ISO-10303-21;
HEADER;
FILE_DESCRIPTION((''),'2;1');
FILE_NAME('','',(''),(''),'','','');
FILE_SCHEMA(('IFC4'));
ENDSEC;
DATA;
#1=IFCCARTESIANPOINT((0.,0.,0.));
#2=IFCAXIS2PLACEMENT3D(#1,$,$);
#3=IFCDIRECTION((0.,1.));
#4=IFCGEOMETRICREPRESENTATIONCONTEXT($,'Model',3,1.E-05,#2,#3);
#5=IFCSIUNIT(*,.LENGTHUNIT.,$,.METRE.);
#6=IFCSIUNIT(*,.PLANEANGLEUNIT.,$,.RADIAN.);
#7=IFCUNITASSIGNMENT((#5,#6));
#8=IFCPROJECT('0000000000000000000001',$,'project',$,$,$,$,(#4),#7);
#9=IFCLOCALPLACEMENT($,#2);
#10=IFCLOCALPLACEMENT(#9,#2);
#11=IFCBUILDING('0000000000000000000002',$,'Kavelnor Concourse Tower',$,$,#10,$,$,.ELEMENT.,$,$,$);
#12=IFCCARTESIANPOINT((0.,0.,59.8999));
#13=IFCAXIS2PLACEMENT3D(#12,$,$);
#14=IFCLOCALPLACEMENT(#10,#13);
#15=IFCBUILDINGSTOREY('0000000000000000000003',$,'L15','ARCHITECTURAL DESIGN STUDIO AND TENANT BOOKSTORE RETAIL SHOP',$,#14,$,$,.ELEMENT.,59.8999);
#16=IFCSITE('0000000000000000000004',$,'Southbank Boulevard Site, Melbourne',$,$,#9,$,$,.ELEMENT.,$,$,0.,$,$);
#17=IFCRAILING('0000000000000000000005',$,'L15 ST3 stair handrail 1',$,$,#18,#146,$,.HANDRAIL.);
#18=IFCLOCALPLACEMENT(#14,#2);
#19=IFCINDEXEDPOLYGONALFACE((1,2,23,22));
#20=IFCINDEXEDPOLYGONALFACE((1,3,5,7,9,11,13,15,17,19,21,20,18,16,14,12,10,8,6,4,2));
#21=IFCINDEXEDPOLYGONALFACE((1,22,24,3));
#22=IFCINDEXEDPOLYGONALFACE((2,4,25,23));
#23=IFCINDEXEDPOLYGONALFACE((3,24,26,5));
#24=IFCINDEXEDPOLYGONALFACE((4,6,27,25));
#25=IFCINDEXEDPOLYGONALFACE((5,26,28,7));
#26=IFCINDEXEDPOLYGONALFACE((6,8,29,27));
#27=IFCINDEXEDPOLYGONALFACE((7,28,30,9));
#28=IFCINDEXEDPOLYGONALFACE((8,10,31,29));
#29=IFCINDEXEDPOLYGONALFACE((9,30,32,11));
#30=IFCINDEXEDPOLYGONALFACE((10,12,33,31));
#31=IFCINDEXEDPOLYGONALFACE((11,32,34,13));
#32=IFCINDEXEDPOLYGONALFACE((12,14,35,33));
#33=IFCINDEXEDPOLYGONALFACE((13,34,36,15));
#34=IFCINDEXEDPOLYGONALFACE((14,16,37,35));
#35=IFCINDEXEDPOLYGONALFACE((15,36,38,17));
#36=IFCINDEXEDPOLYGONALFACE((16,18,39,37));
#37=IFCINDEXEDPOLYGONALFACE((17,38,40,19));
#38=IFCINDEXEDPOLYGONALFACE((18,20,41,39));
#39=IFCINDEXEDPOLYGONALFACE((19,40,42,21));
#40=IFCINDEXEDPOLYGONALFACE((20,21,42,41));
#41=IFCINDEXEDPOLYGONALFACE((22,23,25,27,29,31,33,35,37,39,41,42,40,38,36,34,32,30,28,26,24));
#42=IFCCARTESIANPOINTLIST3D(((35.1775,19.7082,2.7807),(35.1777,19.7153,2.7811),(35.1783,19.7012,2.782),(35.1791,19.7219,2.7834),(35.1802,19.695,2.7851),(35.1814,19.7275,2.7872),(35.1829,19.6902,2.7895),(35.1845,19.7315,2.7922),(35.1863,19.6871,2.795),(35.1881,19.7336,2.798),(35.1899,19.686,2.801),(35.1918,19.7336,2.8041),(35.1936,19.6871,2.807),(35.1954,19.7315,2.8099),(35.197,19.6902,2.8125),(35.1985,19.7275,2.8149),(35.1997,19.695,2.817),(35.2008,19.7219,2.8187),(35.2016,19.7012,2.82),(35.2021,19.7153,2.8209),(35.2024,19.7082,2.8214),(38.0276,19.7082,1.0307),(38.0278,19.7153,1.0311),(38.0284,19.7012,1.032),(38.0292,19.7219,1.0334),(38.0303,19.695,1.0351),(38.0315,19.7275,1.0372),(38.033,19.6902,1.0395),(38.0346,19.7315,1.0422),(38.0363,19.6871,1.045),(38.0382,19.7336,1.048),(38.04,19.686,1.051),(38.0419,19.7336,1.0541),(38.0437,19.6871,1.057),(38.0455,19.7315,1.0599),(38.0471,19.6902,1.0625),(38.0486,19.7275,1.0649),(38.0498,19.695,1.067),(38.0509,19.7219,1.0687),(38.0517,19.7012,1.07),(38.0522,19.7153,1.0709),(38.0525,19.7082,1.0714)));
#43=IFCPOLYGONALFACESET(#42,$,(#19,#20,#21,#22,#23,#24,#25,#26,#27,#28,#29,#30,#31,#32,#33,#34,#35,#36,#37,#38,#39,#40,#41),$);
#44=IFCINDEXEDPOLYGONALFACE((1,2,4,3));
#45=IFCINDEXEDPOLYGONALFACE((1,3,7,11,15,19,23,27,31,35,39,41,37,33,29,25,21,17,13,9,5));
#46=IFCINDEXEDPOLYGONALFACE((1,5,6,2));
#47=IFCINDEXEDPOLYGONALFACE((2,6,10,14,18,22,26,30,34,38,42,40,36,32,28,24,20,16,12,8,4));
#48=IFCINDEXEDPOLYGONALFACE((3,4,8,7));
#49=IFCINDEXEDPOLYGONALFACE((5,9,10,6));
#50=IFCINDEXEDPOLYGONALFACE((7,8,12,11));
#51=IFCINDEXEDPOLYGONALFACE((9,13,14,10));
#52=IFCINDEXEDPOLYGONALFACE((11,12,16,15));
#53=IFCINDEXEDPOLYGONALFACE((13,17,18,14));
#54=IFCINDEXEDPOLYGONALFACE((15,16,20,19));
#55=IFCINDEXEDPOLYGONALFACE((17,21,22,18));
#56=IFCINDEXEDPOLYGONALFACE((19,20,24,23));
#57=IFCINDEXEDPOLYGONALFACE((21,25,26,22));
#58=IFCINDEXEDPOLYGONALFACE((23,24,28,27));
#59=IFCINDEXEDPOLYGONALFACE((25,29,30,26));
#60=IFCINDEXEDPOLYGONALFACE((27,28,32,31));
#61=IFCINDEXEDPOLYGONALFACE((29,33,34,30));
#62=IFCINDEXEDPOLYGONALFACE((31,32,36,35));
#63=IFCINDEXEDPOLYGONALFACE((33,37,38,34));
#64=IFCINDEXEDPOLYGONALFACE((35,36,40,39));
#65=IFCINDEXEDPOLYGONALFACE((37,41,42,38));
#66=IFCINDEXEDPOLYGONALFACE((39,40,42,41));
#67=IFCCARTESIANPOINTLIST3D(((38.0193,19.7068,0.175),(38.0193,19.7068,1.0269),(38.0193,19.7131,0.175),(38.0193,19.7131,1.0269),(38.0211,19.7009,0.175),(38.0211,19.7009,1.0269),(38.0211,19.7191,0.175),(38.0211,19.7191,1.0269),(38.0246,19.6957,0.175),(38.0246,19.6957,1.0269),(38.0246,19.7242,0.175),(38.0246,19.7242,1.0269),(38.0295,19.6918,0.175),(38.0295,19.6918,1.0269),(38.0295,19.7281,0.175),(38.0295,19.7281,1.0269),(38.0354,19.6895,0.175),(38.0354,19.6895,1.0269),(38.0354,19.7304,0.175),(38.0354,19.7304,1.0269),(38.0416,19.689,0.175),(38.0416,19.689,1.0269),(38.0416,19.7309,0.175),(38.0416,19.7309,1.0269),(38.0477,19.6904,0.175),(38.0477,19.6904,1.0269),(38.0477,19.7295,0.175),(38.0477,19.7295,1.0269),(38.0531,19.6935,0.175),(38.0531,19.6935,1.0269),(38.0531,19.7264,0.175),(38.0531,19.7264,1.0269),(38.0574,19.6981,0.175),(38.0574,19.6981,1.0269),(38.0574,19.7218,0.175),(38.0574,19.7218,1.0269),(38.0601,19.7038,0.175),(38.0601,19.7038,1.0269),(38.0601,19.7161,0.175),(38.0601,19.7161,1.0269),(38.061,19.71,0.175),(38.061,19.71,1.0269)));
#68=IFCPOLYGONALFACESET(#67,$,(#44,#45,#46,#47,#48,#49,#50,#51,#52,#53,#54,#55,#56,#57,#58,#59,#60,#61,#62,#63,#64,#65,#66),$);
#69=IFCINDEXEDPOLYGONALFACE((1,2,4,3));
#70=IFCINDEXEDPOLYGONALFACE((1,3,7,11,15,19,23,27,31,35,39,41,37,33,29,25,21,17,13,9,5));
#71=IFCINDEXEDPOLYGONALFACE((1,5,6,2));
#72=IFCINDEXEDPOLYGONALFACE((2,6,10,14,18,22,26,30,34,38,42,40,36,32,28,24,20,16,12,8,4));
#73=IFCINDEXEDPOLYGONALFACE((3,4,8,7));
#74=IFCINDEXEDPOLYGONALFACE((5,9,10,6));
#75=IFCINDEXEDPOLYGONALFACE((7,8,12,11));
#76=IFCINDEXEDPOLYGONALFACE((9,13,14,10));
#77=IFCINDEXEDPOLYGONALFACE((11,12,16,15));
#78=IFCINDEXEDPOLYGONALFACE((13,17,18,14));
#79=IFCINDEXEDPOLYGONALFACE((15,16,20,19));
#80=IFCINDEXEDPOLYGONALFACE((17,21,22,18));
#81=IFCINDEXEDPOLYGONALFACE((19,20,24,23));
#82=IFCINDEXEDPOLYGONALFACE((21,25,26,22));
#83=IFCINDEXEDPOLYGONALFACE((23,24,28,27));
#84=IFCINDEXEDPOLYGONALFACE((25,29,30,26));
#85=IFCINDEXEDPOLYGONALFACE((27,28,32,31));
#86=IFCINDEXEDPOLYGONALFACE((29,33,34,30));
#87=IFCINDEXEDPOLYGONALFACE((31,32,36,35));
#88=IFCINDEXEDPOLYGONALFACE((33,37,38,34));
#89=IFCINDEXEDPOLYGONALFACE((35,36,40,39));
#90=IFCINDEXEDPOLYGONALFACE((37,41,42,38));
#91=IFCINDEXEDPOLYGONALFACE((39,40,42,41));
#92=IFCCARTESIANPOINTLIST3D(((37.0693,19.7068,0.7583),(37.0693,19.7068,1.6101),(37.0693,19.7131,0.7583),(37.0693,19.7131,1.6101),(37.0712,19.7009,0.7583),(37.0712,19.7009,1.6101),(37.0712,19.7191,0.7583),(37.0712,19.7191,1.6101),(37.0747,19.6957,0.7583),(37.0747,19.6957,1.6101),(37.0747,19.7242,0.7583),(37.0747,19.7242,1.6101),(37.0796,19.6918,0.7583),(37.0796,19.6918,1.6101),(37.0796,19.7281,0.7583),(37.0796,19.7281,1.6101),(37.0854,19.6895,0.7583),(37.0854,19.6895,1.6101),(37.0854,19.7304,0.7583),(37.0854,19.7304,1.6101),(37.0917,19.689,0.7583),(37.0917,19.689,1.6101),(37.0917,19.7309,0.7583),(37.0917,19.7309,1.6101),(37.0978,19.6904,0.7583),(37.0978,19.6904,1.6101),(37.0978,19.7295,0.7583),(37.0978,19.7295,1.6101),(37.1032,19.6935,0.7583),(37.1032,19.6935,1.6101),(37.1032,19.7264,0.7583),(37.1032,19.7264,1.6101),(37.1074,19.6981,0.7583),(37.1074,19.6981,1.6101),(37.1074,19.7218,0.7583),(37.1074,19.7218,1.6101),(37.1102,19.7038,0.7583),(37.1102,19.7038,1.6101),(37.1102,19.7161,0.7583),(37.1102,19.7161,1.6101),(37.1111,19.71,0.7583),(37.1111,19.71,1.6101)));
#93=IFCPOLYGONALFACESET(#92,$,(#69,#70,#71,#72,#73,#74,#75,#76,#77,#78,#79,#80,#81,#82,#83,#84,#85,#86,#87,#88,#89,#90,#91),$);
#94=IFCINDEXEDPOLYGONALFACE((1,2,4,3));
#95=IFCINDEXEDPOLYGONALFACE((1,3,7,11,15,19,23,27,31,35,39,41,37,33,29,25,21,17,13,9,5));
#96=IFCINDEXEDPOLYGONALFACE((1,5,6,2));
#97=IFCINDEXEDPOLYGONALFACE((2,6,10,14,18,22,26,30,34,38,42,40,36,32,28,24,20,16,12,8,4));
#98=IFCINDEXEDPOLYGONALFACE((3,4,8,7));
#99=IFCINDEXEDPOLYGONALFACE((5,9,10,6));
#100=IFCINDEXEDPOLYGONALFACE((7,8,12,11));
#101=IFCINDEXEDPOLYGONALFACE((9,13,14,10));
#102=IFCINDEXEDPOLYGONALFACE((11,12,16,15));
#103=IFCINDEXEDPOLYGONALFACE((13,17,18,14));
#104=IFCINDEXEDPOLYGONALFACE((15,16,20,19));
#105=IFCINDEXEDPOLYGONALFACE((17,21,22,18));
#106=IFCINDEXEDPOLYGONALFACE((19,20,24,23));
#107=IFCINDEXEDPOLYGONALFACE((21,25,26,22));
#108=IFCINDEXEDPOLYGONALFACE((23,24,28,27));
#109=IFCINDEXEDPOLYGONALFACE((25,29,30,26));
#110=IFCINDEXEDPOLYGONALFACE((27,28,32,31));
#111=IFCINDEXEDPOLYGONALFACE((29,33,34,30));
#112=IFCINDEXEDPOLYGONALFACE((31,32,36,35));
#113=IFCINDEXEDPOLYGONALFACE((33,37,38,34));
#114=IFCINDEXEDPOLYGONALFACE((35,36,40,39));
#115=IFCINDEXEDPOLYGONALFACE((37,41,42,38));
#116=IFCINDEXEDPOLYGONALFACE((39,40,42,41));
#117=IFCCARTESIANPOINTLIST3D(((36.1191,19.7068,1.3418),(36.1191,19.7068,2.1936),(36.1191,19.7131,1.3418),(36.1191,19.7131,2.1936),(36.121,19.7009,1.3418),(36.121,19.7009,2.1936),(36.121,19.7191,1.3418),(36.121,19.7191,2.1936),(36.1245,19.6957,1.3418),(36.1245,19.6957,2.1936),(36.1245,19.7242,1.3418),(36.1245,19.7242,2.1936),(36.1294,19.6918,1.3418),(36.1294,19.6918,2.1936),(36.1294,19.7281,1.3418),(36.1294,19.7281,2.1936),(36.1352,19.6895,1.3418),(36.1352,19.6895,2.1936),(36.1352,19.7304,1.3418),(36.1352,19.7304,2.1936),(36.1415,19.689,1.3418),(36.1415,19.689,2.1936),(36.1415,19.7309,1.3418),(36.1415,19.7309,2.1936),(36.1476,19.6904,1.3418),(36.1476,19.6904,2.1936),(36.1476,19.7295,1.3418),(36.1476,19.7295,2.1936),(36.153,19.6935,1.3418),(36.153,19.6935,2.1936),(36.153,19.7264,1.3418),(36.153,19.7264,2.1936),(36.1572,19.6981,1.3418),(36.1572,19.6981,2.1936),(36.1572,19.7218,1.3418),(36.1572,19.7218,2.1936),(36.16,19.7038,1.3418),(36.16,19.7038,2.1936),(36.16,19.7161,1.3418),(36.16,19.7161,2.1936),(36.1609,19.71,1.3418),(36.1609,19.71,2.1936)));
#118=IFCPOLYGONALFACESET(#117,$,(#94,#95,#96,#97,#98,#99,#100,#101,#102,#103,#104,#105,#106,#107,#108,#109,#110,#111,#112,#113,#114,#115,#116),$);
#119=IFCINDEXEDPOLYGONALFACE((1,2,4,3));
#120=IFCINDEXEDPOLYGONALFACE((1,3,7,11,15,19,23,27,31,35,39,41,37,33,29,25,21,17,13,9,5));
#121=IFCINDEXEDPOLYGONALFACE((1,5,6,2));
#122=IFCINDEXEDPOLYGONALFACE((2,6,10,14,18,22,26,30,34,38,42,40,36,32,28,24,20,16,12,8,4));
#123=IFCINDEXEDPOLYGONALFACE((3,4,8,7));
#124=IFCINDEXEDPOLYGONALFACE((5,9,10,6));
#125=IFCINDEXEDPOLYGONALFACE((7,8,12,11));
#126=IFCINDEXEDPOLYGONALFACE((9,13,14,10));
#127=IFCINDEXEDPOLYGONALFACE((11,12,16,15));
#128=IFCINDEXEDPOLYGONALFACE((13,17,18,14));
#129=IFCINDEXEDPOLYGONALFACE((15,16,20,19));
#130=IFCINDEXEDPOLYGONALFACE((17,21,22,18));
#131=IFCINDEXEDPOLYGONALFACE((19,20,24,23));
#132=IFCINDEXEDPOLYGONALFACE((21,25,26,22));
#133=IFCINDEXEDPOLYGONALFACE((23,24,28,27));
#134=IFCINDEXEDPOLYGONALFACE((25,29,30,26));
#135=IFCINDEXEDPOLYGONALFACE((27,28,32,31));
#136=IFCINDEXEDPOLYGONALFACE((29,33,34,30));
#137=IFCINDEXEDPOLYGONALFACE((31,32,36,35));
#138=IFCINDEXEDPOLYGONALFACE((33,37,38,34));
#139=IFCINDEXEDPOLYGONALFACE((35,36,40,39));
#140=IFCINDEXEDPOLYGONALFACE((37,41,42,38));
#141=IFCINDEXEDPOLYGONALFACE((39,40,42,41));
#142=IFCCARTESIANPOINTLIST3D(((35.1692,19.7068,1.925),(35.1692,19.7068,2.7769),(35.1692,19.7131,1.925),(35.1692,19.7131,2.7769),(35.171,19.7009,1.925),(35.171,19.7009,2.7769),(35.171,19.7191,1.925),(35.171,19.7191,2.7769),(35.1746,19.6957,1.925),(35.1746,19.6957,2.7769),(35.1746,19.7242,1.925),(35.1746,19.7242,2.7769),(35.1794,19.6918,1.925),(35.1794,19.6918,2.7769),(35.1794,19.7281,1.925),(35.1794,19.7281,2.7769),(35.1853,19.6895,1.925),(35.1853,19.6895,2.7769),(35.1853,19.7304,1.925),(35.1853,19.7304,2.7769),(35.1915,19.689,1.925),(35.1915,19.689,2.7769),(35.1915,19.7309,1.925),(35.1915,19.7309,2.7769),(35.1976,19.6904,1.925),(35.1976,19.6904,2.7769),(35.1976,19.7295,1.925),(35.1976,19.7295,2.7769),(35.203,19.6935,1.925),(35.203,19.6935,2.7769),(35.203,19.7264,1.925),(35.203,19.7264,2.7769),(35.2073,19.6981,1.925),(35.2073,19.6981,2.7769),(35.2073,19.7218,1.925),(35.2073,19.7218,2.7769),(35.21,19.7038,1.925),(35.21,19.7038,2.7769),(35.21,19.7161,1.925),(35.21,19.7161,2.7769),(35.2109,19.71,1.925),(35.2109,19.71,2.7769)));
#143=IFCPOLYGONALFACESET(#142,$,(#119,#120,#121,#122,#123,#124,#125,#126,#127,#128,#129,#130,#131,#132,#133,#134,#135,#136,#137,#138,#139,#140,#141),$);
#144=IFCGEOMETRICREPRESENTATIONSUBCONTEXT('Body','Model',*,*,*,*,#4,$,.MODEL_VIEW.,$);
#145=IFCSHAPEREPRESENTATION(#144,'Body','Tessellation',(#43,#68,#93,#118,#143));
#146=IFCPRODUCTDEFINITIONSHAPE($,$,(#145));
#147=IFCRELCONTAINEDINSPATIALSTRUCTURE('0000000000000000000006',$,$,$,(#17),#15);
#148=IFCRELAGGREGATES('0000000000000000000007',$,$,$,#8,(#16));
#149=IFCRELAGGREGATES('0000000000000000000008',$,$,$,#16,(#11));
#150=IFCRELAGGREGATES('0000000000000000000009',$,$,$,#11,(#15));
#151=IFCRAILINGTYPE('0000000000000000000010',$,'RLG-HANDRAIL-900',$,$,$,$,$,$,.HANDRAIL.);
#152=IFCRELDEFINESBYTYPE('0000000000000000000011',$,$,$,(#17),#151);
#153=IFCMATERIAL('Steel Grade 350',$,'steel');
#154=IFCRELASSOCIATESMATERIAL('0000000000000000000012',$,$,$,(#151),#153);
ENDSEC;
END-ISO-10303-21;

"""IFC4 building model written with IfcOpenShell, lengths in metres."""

from ifc_helpers import new_model, si_unit, direction, frame, origin, origin_2d, place, context, subcontext, project, spatial, circle, extrude, material, type_object, element, save


model = new_model("IFC4")

# Units and contexts
model_context = context("Model", 3, precision=1e-05, world=origin(), true_north=direction((0.0, 1.0)))
body_context = subcontext(model_context, "Body", "Model", "MODEL_VIEW")
ifc_project = project(units=[si_unit("LENGTHUNIT", "METRE"), si_unit("PLANEANGLEUNIT", "RADIAN")], contexts=[model_context])

# Site, building, storey
site_placement = place(None, origin())
site = spatial("IfcSite", under=ifc_project, at=site_placement, Name="Southbank Boulevard Site, Melbourne", CompositionType="ELEMENT", RefElevation=0.0)
building_placement = place(site_placement, origin())
building = spatial("IfcBuilding", under=site, at=building_placement, Name="Kavelnor Concourse Tower", CompositionType="ELEMENT")
storey_placement = place(building_placement, frame((0.0, 0.0, 59.8999)))
storey = spatial("IfcBuildingStorey", under=building, at=storey_placement, Name="L15", Description="ARCHITECTURAL DESIGN STUDIO AND TENANT BOOKSTORE RETAIL SHOP", CompositionType="ELEMENT", Elevation=59.8999)

# Shared definitions
ifc_material_1 = material(Name="Steel Grade 350", Category="steel")

# Railing
railing_type_1 = type_object("IfcRailingType", Name="RLG-HANDRAIL-900", PredefinedType="HANDRAIL", material=ifc_material_1)
railing_1_placement = place(storey_placement, frame((38.04, 19.71, 0.175)))
element("IfcRailing", 1, at=railing_1_placement, inside=storey, type_object=railing_type_1, Name="L15 ST3 stair handrail 1", PredefinedType="HANDRAIL", context=body_context, shape_type="SweptSolid", body=[
    extrude(circle(Radius=0.0239, at=origin_2d()), frame((0.0, 0.0, 0.876), z_axis=(-0.852179, 0.0, 0.52325), x_axis=(0.0, -1.0, 0.0)), (0.0, 0.0, 1.0), 3.3445),
    extrude(circle(Radius=0.021, at=origin_2d()), origin(), (0.0, 0.0, 1.0), 0.8518),
    extrude(circle(Radius=0.021, at=origin_2d()), frame((-0.95, 0.0, 0.5833)), (0.0, 0.0, 1.0), 0.8518),
    extrude(circle(Radius=0.021, at=origin_2d()), frame((-1.9001, 0.0, 1.1667)), (0.0, 0.0, 1.0), 0.8518),
    extrude(circle(Radius=0.021, at=origin_2d()), frame((-2.8501, 0.0, 1.75)), (0.0, 0.0, 1.0), 0.8518),
])

save(model, "model.ifc")
